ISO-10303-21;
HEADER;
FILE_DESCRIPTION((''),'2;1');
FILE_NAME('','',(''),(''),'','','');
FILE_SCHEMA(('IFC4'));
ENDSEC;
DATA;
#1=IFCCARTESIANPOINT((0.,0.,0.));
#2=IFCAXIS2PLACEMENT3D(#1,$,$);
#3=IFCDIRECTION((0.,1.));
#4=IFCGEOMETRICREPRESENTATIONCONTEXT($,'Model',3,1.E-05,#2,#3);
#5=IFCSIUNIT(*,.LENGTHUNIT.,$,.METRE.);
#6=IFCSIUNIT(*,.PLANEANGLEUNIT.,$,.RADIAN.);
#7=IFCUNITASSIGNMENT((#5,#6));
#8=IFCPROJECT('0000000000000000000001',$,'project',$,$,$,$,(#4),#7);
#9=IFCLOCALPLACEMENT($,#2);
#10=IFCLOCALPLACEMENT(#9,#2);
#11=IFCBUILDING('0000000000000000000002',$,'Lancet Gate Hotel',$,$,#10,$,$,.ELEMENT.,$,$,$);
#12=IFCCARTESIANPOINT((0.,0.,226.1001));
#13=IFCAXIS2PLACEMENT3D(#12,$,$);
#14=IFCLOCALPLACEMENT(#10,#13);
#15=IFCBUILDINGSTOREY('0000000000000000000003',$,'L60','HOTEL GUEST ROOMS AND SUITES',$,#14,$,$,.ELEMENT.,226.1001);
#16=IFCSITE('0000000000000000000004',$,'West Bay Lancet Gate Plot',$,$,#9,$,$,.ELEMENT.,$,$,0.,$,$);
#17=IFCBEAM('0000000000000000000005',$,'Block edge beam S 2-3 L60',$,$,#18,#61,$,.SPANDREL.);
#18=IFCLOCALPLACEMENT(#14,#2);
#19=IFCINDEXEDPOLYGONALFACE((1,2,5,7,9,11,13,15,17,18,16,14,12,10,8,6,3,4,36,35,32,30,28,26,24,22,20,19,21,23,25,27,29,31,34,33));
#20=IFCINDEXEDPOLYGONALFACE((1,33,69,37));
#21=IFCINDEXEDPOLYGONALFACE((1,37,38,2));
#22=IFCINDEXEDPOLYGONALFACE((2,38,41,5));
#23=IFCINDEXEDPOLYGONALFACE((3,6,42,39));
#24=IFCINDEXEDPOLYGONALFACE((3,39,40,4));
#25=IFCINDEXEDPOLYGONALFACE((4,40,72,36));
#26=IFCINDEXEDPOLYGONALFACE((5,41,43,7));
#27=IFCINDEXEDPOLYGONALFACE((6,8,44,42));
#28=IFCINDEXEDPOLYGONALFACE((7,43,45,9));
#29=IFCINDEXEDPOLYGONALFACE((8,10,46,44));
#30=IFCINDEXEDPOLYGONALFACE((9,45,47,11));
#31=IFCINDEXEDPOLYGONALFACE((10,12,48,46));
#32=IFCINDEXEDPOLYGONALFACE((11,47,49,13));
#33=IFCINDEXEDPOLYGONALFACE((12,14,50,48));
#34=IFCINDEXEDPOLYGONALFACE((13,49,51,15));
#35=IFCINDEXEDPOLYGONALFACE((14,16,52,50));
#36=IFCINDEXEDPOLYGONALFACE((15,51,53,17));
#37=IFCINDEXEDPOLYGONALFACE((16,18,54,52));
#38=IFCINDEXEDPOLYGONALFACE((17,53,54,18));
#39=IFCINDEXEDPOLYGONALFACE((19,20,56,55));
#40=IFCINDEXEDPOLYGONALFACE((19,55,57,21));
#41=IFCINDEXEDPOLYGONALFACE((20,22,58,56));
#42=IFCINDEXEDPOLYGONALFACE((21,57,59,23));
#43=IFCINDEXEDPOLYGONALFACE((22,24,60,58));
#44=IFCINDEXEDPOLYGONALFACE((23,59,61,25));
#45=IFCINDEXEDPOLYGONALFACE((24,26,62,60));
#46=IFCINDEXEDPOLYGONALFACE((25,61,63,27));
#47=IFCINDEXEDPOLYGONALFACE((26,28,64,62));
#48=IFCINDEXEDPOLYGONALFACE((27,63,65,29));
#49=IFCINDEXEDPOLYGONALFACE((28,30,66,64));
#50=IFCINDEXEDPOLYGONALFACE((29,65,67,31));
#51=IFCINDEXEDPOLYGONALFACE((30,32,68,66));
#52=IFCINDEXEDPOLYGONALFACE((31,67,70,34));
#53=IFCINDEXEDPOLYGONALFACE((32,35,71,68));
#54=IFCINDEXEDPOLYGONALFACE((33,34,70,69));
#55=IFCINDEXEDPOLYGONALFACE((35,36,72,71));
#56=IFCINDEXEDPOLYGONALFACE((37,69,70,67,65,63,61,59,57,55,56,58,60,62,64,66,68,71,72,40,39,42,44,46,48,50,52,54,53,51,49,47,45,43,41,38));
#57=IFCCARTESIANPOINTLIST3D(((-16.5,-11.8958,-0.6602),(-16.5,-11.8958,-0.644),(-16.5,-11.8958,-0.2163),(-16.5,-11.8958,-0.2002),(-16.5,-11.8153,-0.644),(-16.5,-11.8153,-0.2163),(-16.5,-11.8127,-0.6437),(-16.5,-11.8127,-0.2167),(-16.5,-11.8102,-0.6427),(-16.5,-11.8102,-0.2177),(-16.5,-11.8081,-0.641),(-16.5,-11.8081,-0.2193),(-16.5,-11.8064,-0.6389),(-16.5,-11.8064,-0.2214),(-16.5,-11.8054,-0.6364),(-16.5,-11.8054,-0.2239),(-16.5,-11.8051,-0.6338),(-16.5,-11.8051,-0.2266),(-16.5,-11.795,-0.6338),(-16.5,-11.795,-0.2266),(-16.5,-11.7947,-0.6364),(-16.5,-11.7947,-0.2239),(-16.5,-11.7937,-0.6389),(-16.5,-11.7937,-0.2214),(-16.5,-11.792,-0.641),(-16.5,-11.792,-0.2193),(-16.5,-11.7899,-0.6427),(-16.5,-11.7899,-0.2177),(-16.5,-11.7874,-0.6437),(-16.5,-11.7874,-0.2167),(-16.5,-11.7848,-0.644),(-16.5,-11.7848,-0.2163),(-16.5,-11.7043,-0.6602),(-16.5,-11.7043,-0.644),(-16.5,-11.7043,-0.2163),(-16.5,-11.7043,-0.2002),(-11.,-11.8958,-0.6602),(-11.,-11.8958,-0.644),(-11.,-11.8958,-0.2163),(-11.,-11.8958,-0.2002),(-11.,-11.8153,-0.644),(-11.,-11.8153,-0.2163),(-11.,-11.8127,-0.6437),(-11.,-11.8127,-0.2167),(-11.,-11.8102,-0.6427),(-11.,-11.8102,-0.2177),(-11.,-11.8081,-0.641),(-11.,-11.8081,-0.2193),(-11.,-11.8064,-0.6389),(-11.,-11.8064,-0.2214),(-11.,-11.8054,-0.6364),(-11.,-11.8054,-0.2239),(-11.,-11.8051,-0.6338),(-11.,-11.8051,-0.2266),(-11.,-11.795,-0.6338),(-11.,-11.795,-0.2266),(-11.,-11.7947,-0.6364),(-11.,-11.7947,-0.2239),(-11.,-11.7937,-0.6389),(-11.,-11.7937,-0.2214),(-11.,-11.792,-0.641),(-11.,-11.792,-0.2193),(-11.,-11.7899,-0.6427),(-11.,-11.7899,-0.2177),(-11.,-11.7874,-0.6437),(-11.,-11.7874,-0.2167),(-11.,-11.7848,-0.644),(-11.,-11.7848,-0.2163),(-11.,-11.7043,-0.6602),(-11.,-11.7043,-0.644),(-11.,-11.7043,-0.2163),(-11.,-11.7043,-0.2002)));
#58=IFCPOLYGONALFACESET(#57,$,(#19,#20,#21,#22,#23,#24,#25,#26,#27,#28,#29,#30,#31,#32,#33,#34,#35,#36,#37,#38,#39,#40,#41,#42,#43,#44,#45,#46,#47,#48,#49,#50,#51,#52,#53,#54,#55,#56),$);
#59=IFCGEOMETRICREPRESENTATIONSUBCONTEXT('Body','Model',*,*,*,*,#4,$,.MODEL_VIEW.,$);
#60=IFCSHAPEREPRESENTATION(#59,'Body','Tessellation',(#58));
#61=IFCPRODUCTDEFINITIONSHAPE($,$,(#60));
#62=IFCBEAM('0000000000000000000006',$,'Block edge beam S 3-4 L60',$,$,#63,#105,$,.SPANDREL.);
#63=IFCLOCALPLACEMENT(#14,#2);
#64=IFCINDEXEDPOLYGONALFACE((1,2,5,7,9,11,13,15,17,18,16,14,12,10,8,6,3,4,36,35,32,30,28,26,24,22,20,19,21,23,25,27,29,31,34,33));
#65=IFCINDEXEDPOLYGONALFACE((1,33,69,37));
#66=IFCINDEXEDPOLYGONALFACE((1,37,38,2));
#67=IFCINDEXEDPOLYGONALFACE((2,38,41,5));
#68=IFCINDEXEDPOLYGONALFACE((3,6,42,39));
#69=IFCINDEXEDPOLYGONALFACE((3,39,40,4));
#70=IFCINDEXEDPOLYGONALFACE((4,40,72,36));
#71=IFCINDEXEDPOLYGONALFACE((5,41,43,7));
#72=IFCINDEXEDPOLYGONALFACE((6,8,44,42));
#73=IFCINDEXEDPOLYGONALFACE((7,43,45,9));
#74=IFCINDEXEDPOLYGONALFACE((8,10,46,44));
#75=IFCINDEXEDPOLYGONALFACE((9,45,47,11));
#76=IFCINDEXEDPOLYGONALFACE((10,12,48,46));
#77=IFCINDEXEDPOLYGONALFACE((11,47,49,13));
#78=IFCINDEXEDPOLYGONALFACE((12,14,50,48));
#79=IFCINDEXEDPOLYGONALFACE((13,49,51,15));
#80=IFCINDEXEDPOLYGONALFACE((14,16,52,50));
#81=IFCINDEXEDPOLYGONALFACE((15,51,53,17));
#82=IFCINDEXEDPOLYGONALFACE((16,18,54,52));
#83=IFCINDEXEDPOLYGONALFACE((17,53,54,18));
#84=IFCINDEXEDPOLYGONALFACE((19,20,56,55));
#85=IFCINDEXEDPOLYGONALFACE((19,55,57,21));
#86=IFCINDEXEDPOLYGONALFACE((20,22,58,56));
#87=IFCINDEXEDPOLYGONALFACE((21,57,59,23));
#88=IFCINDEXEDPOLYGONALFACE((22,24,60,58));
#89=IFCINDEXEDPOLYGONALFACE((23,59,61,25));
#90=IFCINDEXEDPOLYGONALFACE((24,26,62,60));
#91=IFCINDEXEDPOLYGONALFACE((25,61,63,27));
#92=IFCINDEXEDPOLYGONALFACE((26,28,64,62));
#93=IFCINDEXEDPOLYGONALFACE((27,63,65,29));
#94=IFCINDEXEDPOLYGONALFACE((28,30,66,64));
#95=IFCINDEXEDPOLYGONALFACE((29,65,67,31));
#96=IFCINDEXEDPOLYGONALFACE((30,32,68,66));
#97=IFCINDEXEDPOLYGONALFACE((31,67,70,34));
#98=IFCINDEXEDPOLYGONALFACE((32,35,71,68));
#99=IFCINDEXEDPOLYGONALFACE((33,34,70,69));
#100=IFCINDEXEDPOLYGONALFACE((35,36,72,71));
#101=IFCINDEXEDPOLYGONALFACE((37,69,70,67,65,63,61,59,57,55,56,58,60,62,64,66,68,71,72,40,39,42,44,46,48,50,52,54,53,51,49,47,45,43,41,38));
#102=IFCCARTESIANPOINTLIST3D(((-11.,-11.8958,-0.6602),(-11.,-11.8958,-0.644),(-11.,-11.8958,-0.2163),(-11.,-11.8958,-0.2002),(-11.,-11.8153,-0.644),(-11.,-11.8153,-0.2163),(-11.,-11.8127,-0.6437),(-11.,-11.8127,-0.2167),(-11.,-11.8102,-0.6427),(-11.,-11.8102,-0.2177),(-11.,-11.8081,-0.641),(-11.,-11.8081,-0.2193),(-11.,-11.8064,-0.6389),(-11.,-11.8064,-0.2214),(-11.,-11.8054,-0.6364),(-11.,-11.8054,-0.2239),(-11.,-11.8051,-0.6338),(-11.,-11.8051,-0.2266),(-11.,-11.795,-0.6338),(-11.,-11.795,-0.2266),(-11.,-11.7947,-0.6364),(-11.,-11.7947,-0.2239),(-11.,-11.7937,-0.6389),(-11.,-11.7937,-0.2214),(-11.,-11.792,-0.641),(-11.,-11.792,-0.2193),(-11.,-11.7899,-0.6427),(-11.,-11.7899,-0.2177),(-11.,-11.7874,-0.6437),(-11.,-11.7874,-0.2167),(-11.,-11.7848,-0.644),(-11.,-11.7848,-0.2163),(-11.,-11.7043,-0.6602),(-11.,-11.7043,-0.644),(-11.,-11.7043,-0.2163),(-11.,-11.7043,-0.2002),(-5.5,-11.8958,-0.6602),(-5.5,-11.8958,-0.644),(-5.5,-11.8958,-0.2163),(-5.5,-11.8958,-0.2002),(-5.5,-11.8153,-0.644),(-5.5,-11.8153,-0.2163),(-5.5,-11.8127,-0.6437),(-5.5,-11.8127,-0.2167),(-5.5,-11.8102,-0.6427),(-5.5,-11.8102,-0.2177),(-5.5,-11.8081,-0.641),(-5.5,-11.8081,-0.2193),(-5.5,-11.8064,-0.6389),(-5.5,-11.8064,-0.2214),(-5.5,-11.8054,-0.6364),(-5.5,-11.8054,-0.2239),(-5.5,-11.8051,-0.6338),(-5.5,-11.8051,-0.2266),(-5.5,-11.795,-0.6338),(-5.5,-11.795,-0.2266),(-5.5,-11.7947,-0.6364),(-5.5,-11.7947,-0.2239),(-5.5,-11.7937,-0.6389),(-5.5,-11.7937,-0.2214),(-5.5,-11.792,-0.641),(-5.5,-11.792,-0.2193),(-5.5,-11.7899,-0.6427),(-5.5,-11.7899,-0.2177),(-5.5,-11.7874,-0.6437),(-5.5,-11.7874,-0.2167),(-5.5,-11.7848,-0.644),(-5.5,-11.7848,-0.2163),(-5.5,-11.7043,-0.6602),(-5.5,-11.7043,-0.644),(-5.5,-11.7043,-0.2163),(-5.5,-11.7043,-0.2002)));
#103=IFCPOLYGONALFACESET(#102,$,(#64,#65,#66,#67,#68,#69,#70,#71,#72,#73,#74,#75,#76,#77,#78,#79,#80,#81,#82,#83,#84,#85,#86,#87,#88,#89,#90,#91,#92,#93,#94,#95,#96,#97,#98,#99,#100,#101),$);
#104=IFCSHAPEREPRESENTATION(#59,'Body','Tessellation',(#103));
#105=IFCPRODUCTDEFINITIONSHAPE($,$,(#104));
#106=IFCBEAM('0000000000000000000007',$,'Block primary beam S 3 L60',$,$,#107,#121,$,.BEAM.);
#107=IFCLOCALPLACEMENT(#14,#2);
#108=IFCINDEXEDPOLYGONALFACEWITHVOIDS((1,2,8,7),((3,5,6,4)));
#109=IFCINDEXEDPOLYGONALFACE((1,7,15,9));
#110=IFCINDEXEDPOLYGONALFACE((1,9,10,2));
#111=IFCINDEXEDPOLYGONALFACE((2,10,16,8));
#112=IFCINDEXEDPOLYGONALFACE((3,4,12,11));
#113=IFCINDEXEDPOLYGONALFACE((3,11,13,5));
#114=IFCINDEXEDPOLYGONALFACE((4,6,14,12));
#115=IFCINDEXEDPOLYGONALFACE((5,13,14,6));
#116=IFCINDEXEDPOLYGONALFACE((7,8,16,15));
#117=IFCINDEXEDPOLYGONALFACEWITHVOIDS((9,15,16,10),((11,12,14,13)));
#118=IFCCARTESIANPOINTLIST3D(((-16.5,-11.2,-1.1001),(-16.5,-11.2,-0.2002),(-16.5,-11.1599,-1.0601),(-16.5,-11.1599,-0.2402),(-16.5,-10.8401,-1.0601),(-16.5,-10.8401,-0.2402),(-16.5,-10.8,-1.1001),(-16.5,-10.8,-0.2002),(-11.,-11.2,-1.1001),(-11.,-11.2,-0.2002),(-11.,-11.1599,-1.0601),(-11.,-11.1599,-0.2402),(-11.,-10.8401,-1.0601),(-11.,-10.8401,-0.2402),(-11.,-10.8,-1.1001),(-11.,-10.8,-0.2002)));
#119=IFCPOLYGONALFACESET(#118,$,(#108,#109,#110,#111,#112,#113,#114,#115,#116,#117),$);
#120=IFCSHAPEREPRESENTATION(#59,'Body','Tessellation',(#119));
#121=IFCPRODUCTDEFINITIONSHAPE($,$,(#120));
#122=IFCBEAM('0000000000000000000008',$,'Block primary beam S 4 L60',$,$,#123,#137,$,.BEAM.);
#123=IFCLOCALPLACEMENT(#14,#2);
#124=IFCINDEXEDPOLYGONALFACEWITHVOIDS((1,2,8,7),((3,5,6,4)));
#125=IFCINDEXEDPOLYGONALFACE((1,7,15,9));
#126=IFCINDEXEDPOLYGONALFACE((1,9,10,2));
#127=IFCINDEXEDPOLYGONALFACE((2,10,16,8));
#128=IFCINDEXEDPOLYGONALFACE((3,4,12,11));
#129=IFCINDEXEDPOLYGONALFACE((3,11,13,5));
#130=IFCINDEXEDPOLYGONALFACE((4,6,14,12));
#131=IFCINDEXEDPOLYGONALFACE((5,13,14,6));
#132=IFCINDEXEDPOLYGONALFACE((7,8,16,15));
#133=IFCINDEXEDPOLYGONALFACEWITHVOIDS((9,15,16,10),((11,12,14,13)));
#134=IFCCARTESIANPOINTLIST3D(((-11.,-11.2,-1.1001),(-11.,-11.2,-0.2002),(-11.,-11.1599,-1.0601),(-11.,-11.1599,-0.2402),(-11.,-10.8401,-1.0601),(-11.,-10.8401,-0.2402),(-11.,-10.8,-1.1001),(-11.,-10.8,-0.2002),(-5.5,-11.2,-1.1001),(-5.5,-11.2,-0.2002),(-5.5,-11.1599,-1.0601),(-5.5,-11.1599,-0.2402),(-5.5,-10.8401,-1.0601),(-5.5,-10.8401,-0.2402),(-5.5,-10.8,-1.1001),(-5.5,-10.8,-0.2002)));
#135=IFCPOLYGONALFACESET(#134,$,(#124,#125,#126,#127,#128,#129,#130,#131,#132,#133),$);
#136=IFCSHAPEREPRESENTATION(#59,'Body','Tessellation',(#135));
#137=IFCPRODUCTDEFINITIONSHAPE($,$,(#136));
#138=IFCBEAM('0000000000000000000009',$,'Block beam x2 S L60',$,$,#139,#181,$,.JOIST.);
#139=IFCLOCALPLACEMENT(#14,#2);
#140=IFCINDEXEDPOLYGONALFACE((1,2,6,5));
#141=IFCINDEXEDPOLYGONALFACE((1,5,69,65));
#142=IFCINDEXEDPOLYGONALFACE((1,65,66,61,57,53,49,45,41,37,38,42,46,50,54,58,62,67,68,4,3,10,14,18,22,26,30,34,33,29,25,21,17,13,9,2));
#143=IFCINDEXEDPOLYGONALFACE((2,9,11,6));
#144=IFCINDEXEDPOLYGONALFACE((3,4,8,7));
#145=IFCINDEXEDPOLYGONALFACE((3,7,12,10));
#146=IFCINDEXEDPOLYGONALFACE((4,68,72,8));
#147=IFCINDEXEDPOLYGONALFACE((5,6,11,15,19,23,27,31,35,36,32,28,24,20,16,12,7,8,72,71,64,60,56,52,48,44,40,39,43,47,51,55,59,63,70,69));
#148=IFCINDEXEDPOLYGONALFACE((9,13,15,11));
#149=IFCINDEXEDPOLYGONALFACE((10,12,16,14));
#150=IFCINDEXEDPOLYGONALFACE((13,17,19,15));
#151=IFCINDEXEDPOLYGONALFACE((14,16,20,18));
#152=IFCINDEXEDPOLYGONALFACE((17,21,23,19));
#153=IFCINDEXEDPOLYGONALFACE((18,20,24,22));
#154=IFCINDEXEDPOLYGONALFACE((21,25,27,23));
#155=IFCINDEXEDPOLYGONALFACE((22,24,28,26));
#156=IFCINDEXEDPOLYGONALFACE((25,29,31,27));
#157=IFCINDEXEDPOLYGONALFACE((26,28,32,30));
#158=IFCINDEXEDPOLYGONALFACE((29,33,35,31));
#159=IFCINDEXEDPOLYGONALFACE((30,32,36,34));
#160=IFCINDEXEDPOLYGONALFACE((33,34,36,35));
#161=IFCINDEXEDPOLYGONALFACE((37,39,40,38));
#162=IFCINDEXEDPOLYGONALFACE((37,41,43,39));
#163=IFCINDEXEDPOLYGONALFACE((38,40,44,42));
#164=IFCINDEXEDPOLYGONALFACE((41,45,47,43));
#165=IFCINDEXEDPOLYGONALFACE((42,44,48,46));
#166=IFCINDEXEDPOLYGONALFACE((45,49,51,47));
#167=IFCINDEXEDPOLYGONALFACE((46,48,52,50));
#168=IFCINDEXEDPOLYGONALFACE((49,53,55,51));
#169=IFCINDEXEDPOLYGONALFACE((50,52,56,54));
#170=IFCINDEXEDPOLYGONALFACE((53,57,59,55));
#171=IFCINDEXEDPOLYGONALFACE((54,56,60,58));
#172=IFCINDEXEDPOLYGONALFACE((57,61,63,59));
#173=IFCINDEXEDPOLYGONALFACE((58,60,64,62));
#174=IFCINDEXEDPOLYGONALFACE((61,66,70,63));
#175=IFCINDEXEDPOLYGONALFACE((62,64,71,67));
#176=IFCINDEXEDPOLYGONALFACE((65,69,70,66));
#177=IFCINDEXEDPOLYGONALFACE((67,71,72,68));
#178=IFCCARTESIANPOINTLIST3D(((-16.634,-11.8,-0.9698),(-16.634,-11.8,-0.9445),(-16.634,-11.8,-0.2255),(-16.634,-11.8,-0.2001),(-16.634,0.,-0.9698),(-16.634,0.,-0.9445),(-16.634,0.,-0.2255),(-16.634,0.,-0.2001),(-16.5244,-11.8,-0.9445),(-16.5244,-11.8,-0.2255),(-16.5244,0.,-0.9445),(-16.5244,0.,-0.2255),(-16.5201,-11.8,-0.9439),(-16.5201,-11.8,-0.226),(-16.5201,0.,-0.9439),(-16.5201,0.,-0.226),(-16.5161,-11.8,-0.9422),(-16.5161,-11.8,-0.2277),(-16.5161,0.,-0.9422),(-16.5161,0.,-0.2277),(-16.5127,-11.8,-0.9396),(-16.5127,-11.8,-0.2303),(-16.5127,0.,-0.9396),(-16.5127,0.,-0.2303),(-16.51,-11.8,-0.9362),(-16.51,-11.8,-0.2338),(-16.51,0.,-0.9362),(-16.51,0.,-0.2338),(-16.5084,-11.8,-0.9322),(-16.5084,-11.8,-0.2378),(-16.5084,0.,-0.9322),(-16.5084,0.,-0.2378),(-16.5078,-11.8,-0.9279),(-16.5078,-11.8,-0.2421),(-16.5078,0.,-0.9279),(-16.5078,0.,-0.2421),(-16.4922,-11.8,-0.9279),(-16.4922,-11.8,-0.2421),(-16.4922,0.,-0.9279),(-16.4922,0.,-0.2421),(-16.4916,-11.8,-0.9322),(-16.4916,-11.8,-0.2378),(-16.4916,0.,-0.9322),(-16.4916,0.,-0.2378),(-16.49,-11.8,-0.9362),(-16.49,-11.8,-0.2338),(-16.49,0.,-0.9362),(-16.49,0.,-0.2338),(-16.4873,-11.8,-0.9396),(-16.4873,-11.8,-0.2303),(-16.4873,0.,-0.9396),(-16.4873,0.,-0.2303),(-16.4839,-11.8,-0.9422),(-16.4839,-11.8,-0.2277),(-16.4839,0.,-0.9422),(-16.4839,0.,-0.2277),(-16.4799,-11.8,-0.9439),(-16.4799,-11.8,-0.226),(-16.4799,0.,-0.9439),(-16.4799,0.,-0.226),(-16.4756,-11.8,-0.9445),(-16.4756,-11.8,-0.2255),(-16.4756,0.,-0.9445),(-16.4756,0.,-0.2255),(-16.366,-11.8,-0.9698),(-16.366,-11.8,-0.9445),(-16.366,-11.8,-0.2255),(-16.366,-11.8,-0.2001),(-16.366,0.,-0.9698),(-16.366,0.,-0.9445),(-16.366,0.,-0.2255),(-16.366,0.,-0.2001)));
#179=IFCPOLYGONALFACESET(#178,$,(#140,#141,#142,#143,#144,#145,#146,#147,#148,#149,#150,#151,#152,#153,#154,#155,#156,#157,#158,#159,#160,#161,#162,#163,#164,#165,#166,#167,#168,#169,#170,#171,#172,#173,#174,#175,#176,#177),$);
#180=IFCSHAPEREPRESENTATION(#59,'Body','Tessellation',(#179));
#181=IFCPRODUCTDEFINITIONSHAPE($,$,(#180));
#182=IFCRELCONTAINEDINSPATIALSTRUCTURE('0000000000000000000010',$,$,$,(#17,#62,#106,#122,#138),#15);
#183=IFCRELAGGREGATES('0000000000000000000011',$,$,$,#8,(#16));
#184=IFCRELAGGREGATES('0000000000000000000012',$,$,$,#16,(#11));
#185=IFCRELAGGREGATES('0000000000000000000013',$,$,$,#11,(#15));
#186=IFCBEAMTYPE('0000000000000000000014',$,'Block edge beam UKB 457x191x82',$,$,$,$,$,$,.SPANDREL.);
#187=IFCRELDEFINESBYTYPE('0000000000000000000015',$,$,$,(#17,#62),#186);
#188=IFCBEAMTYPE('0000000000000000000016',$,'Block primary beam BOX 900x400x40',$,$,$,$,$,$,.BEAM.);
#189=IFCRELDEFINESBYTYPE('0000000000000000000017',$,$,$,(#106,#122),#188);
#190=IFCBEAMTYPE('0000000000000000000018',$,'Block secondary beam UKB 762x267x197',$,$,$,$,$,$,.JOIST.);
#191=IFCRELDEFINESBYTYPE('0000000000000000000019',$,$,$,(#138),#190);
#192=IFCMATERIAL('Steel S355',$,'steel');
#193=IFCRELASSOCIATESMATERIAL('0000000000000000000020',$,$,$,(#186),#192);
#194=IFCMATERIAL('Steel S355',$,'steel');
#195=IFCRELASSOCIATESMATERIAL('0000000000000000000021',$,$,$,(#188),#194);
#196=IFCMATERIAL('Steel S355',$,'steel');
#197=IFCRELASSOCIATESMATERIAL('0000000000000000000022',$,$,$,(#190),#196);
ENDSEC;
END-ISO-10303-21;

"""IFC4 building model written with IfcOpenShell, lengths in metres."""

from ifc_helpers import new_model, si_unit, direction, frame, origin, origin_2d, place, context, subcontext, project, spatial, hollow_rectangle, i_section, extrude, material, material_profile, profile_set, type_object, element, save


model = new_model("IFC4")

# Units and contexts
model_context = context("Model", 3, precision=1e-05, world=origin(), true_north=direction((0.0, 1.0)))
body_context = subcontext(model_context, "Body", "Model", "MODEL_VIEW")
ifc_project = project(units=[si_unit("LENGTHUNIT", "METRE"), si_unit("PLANEANGLEUNIT", "RADIAN")], contexts=[model_context])

# Site, building, storey
site_placement = place(None, origin())
site = spatial("IfcSite", under=ifc_project, at=site_placement, Name="West Bay Lancet Gate Plot", CompositionType="ELEMENT", RefElevation=0.0)
building_placement = place(site_placement, origin())
building = spatial("IfcBuilding", under=site, at=building_placement, Name="Lancet Gate Hotel", CompositionType="ELEMENT")
storey_placement = place(building_placement, frame((0.0, 0.0, 226.1001)))
storey = spatial("IfcBuildingStorey", under=building, at=storey_placement, Name="L60", Description="HOTEL GUEST ROOMS AND SUITES", CompositionType="ELEMENT", Elevation=226.1001)

# Beams
ifc_material_1 = material(Name="Steel S355", Category="steel")
ifc_material_profile_1 = material_profile(ifc_material_1, i_section(OverallWidth=0.1914, OverallDepth=0.46, WebThickness=0.01, FlangeThickness=0.0161, FilletRadius=0.0103, at=origin_2d()), Name="UKB 457x191x82")
ifc_profile_set_1 = profile_set([ifc_material_profile_1], Name="Steel S355")
beam_type_1 = type_object("IfcBeamType", Name="Block edge beam UKB 457x191x82", PredefinedType="SPANDREL", material=ifc_profile_set_1)
for number, where, z_axis, x_axis, name in (
    (1, (-16.5, -11.8, -0.4302), (1.0, 0.0, 0.0), (0.0, 1.0, 0.0), "Block edge beam S 2-3 L60"),
    (2, (-11.0, -11.8, -0.4302), (1.0, 0.0, 0.0), (0.0, 1.0, 0.0), "Block edge beam S 3-4 L60"),
):
    element("IfcBeam", number, at=place(storey_placement, frame(where, z_axis=z_axis, x_axis=x_axis)), inside=storey, type_object=beam_type_1, Name=name, PredefinedType="SPANDREL", context=body_context, shape_type="SweptSolid", body=[
        extrude(i_section(OverallWidth=0.1914, OverallDepth=0.46, WebThickness=0.01, FlangeThickness=0.0161, FilletRadius=0.0103, at=origin_2d()), origin(), (0.0, 0.0, 1.0), 5.5),
    ])
ifc_material_2 = material(Name="Steel S355", Category="steel")
ifc_material_profile_2 = material_profile(ifc_material_2, hollow_rectangle(XDim=0.3999, YDim=0.8999, WallThickness=0.04, at=origin_2d()), Name="BOX 900x400x40")
ifc_profile_set_2 = profile_set([ifc_material_profile_2], Name="Steel S355")
beam_type_2 = type_object("IfcBeamType", Name="Block primary beam BOX 900x400x40", PredefinedType="BEAM", material=ifc_profile_set_2)
for number, where, z_axis, x_axis, name in (
    (3, (-16.5, -11.0, -0.6501), (1.0, 0.0, 0.0), (0.0, 1.0, 0.0), "Block primary beam S 3 L60"),
    (4, (-11.0, -11.0, -0.6501), (1.0, 0.0, 0.0), (0.0, 1.0, 0.0), "Block primary beam S 4 L60"),
):
    element("IfcBeam", number, at=place(storey_placement, frame(where, z_axis=z_axis, x_axis=x_axis)), inside=storey, type_object=beam_type_2, Name=name, PredefinedType="BEAM", context=body_context, shape_type="SweptSolid", body=[
        extrude(hollow_rectangle(XDim=0.3999, YDim=0.8999, WallThickness=0.04, at=origin_2d()), origin(), (0.0, 0.0, 1.0), 5.5),
    ])
ifc_material_3 = material(Name="Steel S355", Category="steel")
ifc_material_profile_3 = material_profile(ifc_material_3, i_section(OverallWidth=0.2681, OverallDepth=0.7698, WebThickness=0.0156, FlangeThickness=0.0254, FilletRadius=0.0166, at=origin_2d()), Name="UKB 762x267x197")
ifc_profile_set_3 = profile_set([ifc_material_profile_3], Name="Steel S355")
beam_type_3 = type_object("IfcBeamType", Name="Block secondary beam UKB 762x267x197", PredefinedType="JOIST", material=ifc_profile_set_3)
for number, where, z_axis, x_axis, name in (
    (5, (-16.5, -11.8, -0.585), (0.0, 1.0, 0.0), (-1.0, 0.0, 0.0), "Block beam x2 S L60"),
):
    element("IfcBeam", number, at=place(storey_placement, frame(where, z_axis=z_axis, x_axis=x_axis)), inside=storey, type_object=beam_type_3, Name=name, PredefinedType="JOIST", context=body_context, shape_type="SweptSolid", body=[
        extrude(i_section(OverallWidth=0.2681, OverallDepth=0.7698, WebThickness=0.0156, FlangeThickness=0.0254, FilletRadius=0.0166, at=origin_2d()), origin(), (0.0, 0.0, 1.0), 11.8),
    ])

save(model, "model.ifc")
